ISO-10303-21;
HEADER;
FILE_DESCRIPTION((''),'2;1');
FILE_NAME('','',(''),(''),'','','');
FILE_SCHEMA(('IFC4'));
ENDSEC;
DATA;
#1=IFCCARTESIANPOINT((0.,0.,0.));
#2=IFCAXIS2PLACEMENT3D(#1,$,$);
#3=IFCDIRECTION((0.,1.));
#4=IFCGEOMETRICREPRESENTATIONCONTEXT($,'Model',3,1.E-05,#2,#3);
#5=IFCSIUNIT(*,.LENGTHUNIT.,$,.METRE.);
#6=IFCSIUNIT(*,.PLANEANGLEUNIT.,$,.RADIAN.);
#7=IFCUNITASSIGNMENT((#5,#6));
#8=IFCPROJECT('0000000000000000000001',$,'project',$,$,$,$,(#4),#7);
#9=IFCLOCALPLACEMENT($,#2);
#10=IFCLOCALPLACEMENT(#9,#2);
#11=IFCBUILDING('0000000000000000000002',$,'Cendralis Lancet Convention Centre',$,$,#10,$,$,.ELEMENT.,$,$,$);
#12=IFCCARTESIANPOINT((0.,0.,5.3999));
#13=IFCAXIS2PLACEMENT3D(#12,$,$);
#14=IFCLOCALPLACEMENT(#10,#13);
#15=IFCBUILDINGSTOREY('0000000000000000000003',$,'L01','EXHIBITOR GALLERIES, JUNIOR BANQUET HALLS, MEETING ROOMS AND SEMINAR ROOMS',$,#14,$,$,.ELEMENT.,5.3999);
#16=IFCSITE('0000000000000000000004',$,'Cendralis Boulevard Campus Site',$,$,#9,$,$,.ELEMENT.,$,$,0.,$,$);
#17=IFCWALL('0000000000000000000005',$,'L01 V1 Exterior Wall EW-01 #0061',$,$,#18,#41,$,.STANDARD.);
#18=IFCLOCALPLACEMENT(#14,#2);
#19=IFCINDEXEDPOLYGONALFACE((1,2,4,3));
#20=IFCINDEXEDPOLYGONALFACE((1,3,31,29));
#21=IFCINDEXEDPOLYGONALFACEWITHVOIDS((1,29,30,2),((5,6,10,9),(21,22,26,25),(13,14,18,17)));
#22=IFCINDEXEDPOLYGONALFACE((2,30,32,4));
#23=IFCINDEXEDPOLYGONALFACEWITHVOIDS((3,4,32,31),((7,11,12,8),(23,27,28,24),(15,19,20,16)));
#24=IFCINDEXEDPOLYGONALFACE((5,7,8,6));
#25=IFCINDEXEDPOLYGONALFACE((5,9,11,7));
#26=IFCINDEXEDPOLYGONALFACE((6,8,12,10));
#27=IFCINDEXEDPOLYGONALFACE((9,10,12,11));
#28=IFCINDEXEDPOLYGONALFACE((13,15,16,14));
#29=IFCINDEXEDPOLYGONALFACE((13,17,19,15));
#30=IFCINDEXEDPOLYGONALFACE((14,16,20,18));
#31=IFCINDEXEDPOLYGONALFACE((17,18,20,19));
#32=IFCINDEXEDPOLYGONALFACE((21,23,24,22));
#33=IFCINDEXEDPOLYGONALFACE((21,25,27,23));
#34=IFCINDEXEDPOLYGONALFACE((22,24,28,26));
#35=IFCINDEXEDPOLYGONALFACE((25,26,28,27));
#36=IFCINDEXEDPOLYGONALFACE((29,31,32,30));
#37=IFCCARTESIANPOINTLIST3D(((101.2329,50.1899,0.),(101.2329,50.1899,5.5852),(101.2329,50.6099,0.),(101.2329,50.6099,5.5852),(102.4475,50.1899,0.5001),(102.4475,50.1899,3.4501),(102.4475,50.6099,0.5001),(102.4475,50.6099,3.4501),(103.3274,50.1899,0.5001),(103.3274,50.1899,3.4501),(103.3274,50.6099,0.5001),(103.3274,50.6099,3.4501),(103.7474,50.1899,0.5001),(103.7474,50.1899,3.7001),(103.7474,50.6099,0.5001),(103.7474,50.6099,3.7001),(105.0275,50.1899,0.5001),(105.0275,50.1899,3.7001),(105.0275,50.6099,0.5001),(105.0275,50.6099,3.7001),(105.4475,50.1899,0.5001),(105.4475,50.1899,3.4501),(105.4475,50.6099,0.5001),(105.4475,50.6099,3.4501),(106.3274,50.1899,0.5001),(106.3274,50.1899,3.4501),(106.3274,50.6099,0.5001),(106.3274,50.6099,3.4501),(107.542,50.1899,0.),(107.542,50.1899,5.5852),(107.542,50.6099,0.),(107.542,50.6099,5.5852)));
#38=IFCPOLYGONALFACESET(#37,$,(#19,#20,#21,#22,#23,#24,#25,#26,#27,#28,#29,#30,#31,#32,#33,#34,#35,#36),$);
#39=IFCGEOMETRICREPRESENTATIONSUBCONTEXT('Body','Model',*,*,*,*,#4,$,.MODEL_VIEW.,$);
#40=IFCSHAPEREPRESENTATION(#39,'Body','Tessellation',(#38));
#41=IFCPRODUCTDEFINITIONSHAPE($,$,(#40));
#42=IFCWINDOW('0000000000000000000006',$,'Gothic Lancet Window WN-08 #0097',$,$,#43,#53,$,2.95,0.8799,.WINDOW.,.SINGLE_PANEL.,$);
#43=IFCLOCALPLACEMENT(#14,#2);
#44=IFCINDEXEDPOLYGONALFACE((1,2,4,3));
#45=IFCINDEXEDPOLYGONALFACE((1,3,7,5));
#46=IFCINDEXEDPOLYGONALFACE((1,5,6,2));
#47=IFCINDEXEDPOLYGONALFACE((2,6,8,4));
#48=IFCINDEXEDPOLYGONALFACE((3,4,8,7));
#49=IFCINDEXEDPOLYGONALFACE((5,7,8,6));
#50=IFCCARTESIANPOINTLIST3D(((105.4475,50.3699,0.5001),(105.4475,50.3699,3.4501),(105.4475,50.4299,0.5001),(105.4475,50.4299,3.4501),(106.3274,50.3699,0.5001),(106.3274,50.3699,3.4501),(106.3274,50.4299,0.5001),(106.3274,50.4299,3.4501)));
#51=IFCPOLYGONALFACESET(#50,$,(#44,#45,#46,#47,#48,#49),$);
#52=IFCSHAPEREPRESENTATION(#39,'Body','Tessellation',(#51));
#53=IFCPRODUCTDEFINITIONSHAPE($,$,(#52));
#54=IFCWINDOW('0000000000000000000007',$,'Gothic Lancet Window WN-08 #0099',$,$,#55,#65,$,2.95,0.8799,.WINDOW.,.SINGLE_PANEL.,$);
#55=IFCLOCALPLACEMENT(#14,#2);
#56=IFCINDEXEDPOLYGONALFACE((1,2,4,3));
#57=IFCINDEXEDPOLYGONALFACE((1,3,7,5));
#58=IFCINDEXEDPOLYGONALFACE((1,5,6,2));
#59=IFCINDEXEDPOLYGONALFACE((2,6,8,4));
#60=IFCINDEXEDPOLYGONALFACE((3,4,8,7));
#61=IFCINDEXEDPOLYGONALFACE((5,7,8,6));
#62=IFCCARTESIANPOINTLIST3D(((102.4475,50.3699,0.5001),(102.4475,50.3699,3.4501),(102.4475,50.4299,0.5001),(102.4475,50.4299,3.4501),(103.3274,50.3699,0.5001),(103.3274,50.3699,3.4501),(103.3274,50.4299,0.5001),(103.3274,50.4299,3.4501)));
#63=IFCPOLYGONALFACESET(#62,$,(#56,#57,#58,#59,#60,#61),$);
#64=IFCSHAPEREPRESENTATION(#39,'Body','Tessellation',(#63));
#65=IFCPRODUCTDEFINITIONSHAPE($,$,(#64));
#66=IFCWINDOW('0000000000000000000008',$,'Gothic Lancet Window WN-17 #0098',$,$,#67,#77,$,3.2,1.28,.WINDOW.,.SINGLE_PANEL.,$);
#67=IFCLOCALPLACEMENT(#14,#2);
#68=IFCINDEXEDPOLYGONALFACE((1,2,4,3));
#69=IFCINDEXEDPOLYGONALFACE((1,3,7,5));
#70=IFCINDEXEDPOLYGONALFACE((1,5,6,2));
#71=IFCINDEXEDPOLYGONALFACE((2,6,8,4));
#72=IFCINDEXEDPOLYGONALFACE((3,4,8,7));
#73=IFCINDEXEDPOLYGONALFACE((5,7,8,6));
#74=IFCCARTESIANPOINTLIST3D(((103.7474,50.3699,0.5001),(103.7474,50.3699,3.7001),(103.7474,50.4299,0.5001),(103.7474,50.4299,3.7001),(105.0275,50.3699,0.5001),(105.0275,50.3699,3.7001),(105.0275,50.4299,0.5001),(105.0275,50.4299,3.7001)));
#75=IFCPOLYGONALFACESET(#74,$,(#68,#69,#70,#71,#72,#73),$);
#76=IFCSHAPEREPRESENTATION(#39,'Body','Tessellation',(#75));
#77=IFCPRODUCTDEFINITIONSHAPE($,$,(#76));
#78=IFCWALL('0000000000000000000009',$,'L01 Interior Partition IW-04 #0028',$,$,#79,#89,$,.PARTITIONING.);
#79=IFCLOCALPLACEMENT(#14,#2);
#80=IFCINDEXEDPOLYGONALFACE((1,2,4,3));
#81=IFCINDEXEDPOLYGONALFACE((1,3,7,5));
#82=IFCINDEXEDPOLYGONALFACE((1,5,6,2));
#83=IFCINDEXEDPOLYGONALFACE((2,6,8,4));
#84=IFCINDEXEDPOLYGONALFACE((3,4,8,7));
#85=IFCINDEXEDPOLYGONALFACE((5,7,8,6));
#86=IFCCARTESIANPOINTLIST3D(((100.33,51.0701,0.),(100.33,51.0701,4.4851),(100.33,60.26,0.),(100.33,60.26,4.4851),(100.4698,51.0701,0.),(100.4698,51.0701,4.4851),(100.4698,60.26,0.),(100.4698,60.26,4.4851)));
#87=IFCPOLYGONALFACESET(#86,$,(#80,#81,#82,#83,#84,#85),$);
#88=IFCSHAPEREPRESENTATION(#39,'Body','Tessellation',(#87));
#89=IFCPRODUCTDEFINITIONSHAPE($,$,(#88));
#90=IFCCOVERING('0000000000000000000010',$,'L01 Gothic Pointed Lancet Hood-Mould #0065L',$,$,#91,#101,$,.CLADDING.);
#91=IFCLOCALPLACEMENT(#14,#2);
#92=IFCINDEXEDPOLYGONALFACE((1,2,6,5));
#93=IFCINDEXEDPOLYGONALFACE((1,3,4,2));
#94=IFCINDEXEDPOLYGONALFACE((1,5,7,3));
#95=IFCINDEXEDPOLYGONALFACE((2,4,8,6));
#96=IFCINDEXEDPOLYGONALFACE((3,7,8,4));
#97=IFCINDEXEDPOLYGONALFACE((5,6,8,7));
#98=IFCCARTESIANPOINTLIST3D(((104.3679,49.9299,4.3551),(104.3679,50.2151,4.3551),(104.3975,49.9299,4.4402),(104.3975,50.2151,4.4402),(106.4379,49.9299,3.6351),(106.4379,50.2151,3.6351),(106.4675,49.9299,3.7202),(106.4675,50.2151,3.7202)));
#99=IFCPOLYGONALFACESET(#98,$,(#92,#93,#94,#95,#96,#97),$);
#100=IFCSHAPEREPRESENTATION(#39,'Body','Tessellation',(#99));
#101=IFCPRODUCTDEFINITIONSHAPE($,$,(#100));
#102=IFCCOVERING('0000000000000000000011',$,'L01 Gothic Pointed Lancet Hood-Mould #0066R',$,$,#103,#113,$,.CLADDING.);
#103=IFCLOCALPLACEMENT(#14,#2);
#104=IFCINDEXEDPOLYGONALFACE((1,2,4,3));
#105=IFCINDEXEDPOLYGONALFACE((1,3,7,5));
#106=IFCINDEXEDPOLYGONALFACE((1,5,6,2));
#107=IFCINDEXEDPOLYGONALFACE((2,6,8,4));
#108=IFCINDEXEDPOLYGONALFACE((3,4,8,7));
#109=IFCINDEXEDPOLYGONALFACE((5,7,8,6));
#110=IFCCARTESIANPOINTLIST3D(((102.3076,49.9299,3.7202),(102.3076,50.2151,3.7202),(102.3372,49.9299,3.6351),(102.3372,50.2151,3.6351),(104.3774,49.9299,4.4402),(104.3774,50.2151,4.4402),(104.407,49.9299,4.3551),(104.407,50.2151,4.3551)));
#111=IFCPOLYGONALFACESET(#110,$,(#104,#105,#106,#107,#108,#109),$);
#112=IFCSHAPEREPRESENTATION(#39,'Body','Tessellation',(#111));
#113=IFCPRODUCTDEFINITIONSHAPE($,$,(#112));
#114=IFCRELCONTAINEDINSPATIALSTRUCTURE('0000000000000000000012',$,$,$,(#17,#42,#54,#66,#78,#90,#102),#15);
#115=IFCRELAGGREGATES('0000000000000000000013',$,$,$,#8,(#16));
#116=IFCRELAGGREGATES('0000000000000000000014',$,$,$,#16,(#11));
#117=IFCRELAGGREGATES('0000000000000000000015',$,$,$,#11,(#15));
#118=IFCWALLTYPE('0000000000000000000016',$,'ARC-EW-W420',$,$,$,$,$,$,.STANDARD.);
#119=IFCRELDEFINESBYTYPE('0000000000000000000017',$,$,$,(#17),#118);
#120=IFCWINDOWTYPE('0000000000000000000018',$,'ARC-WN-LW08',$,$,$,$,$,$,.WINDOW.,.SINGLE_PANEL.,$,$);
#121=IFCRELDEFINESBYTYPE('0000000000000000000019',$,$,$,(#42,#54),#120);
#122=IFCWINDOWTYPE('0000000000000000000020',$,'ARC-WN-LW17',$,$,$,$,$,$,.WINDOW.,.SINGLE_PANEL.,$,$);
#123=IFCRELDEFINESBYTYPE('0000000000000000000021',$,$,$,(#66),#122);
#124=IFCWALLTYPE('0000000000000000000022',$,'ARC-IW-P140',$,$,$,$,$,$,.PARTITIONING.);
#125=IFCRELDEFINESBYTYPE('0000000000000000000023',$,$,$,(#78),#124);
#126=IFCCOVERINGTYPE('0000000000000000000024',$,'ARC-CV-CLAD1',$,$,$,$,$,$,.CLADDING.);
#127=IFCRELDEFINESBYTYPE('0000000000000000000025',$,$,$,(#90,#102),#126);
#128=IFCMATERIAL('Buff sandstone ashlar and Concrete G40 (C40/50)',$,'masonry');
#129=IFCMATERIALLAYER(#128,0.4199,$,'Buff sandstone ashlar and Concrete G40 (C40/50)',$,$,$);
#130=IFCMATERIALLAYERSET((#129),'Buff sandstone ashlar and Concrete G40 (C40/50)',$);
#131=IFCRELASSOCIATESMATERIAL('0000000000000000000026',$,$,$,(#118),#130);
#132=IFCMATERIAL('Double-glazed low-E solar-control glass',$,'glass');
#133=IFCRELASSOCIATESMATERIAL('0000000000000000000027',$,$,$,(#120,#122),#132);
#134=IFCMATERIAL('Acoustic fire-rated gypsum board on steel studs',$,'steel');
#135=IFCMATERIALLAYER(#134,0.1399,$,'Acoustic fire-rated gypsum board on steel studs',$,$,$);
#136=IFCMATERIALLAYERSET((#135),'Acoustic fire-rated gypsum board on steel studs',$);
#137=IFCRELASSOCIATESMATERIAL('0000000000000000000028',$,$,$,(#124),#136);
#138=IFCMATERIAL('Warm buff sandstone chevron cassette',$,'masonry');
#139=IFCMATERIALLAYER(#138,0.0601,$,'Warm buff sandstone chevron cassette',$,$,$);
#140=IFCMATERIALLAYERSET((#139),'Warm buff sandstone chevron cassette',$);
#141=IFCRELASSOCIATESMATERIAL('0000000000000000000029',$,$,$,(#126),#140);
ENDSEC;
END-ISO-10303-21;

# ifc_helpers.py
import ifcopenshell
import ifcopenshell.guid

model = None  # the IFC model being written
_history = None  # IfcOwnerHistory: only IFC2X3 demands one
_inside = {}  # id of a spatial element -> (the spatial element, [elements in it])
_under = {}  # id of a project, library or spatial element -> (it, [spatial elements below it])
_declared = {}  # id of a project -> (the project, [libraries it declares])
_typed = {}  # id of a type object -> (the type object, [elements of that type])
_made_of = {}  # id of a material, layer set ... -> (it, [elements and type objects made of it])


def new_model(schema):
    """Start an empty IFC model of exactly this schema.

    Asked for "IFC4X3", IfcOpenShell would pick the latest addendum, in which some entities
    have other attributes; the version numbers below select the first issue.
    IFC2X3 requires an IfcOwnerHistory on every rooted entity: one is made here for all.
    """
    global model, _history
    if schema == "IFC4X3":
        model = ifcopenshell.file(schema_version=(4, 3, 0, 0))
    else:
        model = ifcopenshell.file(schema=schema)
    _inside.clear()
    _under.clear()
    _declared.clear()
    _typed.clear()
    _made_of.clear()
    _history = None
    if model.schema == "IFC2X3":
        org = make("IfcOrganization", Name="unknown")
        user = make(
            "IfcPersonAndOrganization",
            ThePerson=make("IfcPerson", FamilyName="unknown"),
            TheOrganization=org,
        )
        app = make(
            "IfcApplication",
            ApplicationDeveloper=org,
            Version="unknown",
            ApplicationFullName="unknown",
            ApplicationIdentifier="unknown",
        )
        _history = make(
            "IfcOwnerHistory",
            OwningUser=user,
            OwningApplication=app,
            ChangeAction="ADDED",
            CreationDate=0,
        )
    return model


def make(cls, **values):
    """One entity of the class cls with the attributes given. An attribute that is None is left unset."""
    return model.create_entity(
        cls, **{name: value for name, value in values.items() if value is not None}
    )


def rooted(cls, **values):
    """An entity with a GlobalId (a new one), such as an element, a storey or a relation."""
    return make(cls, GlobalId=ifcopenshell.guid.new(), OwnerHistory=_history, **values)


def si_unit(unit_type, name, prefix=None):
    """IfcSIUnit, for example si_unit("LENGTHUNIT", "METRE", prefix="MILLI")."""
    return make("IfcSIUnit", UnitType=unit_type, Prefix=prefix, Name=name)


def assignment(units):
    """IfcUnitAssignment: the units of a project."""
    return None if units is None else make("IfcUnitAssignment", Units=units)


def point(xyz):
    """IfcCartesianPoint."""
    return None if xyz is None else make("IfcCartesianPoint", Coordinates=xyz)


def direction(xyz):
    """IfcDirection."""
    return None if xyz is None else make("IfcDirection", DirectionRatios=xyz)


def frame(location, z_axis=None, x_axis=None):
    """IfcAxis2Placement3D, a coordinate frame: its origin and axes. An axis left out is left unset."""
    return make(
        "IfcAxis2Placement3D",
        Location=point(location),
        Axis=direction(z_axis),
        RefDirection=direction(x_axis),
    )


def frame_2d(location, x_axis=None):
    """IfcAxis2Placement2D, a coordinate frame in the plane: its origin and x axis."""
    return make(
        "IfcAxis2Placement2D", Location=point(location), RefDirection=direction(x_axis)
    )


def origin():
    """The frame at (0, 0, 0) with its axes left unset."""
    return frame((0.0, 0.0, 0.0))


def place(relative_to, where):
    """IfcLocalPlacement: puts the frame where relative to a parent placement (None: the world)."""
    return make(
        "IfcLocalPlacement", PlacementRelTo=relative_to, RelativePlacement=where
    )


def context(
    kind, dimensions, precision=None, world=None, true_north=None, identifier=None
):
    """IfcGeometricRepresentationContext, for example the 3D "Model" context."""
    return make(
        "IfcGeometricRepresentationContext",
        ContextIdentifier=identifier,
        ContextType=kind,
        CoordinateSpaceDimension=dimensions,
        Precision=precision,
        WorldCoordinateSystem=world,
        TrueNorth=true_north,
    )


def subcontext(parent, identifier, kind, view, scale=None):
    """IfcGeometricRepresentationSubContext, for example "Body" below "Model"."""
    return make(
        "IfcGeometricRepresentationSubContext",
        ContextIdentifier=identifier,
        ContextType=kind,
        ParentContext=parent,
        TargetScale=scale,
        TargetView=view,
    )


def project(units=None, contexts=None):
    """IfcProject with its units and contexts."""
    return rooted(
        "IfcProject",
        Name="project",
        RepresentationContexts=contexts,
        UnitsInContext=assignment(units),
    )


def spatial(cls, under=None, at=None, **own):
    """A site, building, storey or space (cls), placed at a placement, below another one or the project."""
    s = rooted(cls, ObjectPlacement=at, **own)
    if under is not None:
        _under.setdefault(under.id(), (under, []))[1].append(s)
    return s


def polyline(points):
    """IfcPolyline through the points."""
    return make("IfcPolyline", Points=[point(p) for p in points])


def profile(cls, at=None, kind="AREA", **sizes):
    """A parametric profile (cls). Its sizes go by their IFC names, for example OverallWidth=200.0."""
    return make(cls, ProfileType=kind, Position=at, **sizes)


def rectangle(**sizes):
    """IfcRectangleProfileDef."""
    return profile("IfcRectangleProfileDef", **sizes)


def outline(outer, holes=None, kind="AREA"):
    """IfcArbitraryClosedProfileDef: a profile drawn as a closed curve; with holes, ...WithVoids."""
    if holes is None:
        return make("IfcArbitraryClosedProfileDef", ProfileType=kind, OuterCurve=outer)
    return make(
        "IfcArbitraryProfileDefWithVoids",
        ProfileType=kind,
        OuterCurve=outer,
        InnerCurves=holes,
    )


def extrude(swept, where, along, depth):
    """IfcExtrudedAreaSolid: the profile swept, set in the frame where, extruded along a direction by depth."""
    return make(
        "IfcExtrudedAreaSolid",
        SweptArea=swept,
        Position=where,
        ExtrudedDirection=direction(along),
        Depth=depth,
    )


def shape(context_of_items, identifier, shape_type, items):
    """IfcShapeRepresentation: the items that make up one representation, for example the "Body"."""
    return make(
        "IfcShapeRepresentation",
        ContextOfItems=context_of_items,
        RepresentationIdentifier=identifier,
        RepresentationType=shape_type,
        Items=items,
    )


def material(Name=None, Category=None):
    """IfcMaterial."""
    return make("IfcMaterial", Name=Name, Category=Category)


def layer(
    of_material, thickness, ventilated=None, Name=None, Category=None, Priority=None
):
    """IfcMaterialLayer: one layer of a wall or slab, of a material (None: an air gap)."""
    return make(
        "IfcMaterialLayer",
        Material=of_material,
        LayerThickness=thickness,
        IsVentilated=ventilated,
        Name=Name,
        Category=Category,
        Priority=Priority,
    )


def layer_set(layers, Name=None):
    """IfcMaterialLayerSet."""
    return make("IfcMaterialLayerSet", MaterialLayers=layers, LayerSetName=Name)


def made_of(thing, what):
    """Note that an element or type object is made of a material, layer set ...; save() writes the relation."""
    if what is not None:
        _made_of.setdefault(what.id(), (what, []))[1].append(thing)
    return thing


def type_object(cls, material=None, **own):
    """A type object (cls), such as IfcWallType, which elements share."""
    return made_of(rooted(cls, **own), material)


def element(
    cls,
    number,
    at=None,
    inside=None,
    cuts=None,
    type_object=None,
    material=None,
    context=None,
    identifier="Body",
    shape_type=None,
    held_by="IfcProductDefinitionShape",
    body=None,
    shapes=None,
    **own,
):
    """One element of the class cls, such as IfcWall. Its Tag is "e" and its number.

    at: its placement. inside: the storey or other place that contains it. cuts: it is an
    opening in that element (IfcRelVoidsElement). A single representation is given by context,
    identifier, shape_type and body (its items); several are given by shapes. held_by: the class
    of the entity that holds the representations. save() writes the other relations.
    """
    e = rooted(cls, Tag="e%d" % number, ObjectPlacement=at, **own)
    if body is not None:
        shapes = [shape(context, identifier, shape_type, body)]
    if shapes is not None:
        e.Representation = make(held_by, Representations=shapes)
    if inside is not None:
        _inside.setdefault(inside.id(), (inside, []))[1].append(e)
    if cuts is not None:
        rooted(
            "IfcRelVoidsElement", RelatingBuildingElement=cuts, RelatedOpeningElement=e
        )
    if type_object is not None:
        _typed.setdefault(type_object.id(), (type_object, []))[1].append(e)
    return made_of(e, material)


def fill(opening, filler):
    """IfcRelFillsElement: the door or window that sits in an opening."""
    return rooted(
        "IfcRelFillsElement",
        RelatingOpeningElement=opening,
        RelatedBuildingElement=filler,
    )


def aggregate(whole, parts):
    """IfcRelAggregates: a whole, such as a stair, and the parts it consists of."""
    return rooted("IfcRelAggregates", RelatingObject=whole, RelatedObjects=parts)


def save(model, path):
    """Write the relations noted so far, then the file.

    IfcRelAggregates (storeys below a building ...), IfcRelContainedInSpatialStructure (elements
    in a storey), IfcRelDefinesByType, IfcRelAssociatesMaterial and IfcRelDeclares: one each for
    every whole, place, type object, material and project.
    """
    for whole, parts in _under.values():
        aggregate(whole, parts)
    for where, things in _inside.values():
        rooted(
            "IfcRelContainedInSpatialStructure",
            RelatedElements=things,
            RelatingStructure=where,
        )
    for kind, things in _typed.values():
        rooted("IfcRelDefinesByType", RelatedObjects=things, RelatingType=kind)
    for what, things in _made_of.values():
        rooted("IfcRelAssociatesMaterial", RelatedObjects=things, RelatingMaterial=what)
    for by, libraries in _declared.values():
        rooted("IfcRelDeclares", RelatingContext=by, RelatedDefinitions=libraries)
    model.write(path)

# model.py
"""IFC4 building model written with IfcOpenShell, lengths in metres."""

from ifc_helpers import new_model, si_unit, direction, frame, frame_2d, origin, place, context, subcontext, project, spatial, polyline, rectangle, outline, extrude, material, layer, layer_set, type_object, element, fill, save


model = new_model("IFC4")

# Units and contexts
model_context = context("Model", 3, precision=1e-05, world=origin(), true_north=direction((0.0, 1.0)))
body_context = subcontext(model_context, "Body", "Model", "MODEL_VIEW")
ifc_project = project(units=[si_unit("LENGTHUNIT", "METRE"), si_unit("PLANEANGLEUNIT", "RADIAN")], contexts=[model_context])

# Site, building, storey
site_placement = place(None, origin())
site = spatial("IfcSite", under=ifc_project, at=site_placement, Name="Cendralis Boulevard Campus Site", CompositionType="ELEMENT", RefElevation=0.0)
building_placement = place(site_placement, origin())
building = spatial("IfcBuilding", under=site, at=building_placement, Name="Cendralis Lancet Convention Centre", CompositionType="ELEMENT")
storey_placement = place(building_placement, frame((0.0, 0.0, 5.3999)))
storey = spatial("IfcBuildingStorey", under=building, at=storey_placement, Name="L01", Description="EXHIBITOR GALLERIES, JUNIOR BANQUET HALLS, MEETING ROOMS AND SEMINAR ROOMS", CompositionType="ELEMENT", Elevation=5.3999)

# Shared definitions
ifc_material_1 = material(Name="Double-glazed low-E solar-control glass", Category="glass")

# Wall, openings, windows
ifc_material_2 = material(Name="Buff sandstone ashlar and Concrete G40 (C40/50)", Category="masonry")
ifc_layer_1 = layer(ifc_material_2, 0.4199, Name="Buff sandstone ashlar and Concrete G40 (C40/50)")
ifc_layer_set_1 = layer_set([ifc_layer_1], Name="Buff sandstone ashlar and Concrete G40 (C40/50)")
wall_type_1 = type_object("IfcWallType", Name="ARC-EW-W420", PredefinedType="STANDARD", material=ifc_layer_set_1)
wall_1_placement = place(storey_placement, frame((107.542, 50.3999, 0.0), z_axis=(0.0, 0.0, 1.0), x_axis=(-1.0, 0.0, 0.0)))
wall_1 = element("IfcWall", 1, at=wall_1_placement, inside=storey, type_object=wall_type_1, Name="L01 V1 Exterior Wall EW-01 #0061", PredefinedType="STANDARD", context=body_context, shape_type="SweptSolid", body=[
    extrude(rectangle(XDim=6.3091, YDim=0.4199, at=frame_2d((3.1545, 0.0))), origin(), (0.0, 0.0, 1.0), 5.5852),
])
opening_1_placement = place(wall_1_placement, frame((1.2146, 0.0, 0.5)))
opening_1 = element("IfcOpeningElement", 2, at=opening_1_placement, cuts=wall_1, PredefinedType="OPENING", context=body_context, shape_type="SweptSolid", body=[
    extrude(rectangle(XDim=0.8799, YDim=2.95, at=frame_2d((0.4399, 1.4751))), frame((0.0, 0.22, 0.0), z_axis=(0.0, -1.0, 0.0), x_axis=(1.0, 0.0, 0.0)), (0.0, 0.0, 1.0), 0.4399),
])
opening_2_placement = place(wall_1_placement, frame((2.5144, 0.0, 0.5)))
opening_2 = element("IfcOpeningElement", 3, at=opening_2_placement, cuts=wall_1, PredefinedType="OPENING", context=body_context, shape_type="SweptSolid", body=[
    extrude(rectangle(XDim=1.28, YDim=3.2, at=frame_2d((0.6401, 1.6001))), frame((0.0, 0.22, 0.0), z_axis=(0.0, -1.0, 0.0), x_axis=(1.0, 0.0, 0.0)), (0.0, 0.0, 1.0), 0.4399),
])
opening_3_placement = place(wall_1_placement, frame((4.2146, 0.0, 0.5)))
opening_3 = element("IfcOpeningElement", 4, at=opening_3_placement, cuts=wall_1, PredefinedType="OPENING", context=body_context, shape_type="SweptSolid", body=[
    extrude(rectangle(XDim=0.8799, YDim=2.95, at=frame_2d((0.4399, 1.4751))), frame((0.0, 0.22, 0.0), z_axis=(0.0, -1.0, 0.0), x_axis=(1.0, 0.0, 0.0)), (0.0, 0.0, 1.0), 0.4399),
])
window_type_1 = type_object("IfcWindowType", Name="ARC-WN-LW08", PartitioningType="SINGLE_PANEL", PredefinedType="WINDOW", material=ifc_material_1)
window_1_placement = place(opening_1_placement, origin())
window_1 = element("IfcWindow", 5, at=window_1_placement, inside=storey, type_object=window_type_1, Name="Gothic Lancet Window WN-08 #0097", OverallHeight=2.95, OverallWidth=0.8799, PartitioningType="SINGLE_PANEL", PredefinedType="WINDOW", context=body_context, shape_type="SweptSolid", body=[
    extrude(rectangle(XDim=0.8799, YDim=2.95, at=frame_2d((0.4399, 1.4751))), frame((0.0, 0.03, 0.0), z_axis=(0.0, -1.0, 0.0), x_axis=(1.0, 0.0, 0.0)), (0.0, 0.0, 1.0), 0.0601),
])
fill(opening_1, window_1)
window_2_placement = place(opening_3_placement, origin())
window_2 = element("IfcWindow", 6, at=window_2_placement, inside=storey, type_object=window_type_1, Name="Gothic Lancet Window WN-08 #0099", OverallHeight=2.95, OverallWidth=0.8799, PartitioningType="SINGLE_PANEL", PredefinedType="WINDOW", context=body_context, shape_type="SweptSolid", body=[
    extrude(rectangle(XDim=0.8799, YDim=2.95, at=frame_2d((0.4399, 1.4751))), frame((0.0, 0.03, 0.0), z_axis=(0.0, -1.0, 0.0), x_axis=(1.0, 0.0, 0.0)), (0.0, 0.0, 1.0), 0.0601),
])
fill(opening_3, window_2)
window_type_2 = type_object("IfcWindowType", Name="ARC-WN-LW17", PartitioningType="SINGLE_PANEL", PredefinedType="WINDOW", material=ifc_material_1)
window_3_placement = place(opening_2_placement, origin())
window_3 = element("IfcWindow", 7, at=window_3_placement, inside=storey, type_object=window_type_2, Name="Gothic Lancet Window WN-17 #0098", OverallHeight=3.2, OverallWidth=1.28, PartitioningType="SINGLE_PANEL", PredefinedType="WINDOW", context=body_context, shape_type="SweptSolid", body=[
    extrude(rectangle(XDim=1.28, YDim=3.2, at=frame_2d((0.6401, 1.6001))), frame((0.0, 0.03, 0.0), z_axis=(0.0, -1.0, 0.0), x_axis=(1.0, 0.0, 0.0)), (0.0, 0.0, 1.0), 0.0601),
])
fill(opening_2, window_3)

# Wall
ifc_material_3 = material(Name="Acoustic fire-rated gypsum board on steel studs", Category="steel")
ifc_layer_2 = layer(ifc_material_3, 0.1399, Name="Acoustic fire-rated gypsum board on steel studs")
ifc_layer_set_2 = layer_set([ifc_layer_2], Name="Acoustic fire-rated gypsum board on steel studs")
wall_type_2 = type_object("IfcWallType", Name="ARC-IW-P140", PredefinedType="PARTITIONING", material=ifc_layer_set_2)
wall_2_placement = place(storey_placement, frame((100.3999, 51.0701, 0.0), z_axis=(0.0, 0.0, 1.0), x_axis=(0.0, 1.0, 0.0)))
element("IfcWall", 8, at=wall_2_placement, inside=storey, type_object=wall_type_2, Name="L01 Interior Partition IW-04 #0028", PredefinedType="PARTITIONING", context=body_context, shape_type="SweptSolid", body=[
    extrude(rectangle(XDim=9.1899, YDim=0.1399, at=frame_2d((4.595, 0.0))), origin(), (0.0, 0.0, 1.0), 4.4851),
])

# Coverings
ifc_material_4 = material(Name="Warm buff sandstone chevron cassette", Category="masonry")
ifc_layer_3 = layer(ifc_material_4, 0.0601, Name="Warm buff sandstone chevron cassette")
ifc_layer_set_3 = layer_set([ifc_layer_3], Name="Warm buff sandstone chevron cassette")
covering_type = type_object("IfcCoveringType", Name="ARC-CV-CLAD1", PredefinedType="CLADDING", material=ifc_layer_set_3)
covering_1_placement = place(storey_placement, frame((106.4675, 49.9299, 3.7202), z_axis=(0.328499, 0.0, 0.944504), x_axis=(0.0, 1.0, 0.0)))
element("IfcCovering", 9, at=covering_1_placement, inside=storey, type_object=covering_type, Name="L01 Gothic Pointed Lancet Hood-Mould #0065L", PredefinedType="CLADDING", context=body_context, shape_type="SweptSolid", body=[
    extrude(outline(polyline([(0.0, 0.0), (0.2852, 0.0), (0.2852, 2.1917), (0.0, 2.1917), (0.0, 0.0)])), origin(), (0.0, 0.0, -1.0), 0.0901),
])
covering_2_placement = place(storey_placement, frame((104.3774, 49.9299, 4.4402), z_axis=(-0.328534, 0.0, 0.944492), x_axis=(0.0, 1.0, 0.0)))
element("IfcCovering", 10, at=covering_2_placement, inside=storey, type_object=covering_type, Name="L01 Gothic Pointed Lancet Hood-Mould #0066R", PredefinedType="CLADDING", context=body_context, shape_type="SweptSolid", body=[
    extrude(outline(polyline([(0.0, 0.0), (0.2852, 0.0), (0.2852, 2.1915), (0.0, 2.1915), (0.0, 0.0)])), origin(), (0.0, 0.0, -1.0), 0.0901),
])

save(model, "model.ifc")
